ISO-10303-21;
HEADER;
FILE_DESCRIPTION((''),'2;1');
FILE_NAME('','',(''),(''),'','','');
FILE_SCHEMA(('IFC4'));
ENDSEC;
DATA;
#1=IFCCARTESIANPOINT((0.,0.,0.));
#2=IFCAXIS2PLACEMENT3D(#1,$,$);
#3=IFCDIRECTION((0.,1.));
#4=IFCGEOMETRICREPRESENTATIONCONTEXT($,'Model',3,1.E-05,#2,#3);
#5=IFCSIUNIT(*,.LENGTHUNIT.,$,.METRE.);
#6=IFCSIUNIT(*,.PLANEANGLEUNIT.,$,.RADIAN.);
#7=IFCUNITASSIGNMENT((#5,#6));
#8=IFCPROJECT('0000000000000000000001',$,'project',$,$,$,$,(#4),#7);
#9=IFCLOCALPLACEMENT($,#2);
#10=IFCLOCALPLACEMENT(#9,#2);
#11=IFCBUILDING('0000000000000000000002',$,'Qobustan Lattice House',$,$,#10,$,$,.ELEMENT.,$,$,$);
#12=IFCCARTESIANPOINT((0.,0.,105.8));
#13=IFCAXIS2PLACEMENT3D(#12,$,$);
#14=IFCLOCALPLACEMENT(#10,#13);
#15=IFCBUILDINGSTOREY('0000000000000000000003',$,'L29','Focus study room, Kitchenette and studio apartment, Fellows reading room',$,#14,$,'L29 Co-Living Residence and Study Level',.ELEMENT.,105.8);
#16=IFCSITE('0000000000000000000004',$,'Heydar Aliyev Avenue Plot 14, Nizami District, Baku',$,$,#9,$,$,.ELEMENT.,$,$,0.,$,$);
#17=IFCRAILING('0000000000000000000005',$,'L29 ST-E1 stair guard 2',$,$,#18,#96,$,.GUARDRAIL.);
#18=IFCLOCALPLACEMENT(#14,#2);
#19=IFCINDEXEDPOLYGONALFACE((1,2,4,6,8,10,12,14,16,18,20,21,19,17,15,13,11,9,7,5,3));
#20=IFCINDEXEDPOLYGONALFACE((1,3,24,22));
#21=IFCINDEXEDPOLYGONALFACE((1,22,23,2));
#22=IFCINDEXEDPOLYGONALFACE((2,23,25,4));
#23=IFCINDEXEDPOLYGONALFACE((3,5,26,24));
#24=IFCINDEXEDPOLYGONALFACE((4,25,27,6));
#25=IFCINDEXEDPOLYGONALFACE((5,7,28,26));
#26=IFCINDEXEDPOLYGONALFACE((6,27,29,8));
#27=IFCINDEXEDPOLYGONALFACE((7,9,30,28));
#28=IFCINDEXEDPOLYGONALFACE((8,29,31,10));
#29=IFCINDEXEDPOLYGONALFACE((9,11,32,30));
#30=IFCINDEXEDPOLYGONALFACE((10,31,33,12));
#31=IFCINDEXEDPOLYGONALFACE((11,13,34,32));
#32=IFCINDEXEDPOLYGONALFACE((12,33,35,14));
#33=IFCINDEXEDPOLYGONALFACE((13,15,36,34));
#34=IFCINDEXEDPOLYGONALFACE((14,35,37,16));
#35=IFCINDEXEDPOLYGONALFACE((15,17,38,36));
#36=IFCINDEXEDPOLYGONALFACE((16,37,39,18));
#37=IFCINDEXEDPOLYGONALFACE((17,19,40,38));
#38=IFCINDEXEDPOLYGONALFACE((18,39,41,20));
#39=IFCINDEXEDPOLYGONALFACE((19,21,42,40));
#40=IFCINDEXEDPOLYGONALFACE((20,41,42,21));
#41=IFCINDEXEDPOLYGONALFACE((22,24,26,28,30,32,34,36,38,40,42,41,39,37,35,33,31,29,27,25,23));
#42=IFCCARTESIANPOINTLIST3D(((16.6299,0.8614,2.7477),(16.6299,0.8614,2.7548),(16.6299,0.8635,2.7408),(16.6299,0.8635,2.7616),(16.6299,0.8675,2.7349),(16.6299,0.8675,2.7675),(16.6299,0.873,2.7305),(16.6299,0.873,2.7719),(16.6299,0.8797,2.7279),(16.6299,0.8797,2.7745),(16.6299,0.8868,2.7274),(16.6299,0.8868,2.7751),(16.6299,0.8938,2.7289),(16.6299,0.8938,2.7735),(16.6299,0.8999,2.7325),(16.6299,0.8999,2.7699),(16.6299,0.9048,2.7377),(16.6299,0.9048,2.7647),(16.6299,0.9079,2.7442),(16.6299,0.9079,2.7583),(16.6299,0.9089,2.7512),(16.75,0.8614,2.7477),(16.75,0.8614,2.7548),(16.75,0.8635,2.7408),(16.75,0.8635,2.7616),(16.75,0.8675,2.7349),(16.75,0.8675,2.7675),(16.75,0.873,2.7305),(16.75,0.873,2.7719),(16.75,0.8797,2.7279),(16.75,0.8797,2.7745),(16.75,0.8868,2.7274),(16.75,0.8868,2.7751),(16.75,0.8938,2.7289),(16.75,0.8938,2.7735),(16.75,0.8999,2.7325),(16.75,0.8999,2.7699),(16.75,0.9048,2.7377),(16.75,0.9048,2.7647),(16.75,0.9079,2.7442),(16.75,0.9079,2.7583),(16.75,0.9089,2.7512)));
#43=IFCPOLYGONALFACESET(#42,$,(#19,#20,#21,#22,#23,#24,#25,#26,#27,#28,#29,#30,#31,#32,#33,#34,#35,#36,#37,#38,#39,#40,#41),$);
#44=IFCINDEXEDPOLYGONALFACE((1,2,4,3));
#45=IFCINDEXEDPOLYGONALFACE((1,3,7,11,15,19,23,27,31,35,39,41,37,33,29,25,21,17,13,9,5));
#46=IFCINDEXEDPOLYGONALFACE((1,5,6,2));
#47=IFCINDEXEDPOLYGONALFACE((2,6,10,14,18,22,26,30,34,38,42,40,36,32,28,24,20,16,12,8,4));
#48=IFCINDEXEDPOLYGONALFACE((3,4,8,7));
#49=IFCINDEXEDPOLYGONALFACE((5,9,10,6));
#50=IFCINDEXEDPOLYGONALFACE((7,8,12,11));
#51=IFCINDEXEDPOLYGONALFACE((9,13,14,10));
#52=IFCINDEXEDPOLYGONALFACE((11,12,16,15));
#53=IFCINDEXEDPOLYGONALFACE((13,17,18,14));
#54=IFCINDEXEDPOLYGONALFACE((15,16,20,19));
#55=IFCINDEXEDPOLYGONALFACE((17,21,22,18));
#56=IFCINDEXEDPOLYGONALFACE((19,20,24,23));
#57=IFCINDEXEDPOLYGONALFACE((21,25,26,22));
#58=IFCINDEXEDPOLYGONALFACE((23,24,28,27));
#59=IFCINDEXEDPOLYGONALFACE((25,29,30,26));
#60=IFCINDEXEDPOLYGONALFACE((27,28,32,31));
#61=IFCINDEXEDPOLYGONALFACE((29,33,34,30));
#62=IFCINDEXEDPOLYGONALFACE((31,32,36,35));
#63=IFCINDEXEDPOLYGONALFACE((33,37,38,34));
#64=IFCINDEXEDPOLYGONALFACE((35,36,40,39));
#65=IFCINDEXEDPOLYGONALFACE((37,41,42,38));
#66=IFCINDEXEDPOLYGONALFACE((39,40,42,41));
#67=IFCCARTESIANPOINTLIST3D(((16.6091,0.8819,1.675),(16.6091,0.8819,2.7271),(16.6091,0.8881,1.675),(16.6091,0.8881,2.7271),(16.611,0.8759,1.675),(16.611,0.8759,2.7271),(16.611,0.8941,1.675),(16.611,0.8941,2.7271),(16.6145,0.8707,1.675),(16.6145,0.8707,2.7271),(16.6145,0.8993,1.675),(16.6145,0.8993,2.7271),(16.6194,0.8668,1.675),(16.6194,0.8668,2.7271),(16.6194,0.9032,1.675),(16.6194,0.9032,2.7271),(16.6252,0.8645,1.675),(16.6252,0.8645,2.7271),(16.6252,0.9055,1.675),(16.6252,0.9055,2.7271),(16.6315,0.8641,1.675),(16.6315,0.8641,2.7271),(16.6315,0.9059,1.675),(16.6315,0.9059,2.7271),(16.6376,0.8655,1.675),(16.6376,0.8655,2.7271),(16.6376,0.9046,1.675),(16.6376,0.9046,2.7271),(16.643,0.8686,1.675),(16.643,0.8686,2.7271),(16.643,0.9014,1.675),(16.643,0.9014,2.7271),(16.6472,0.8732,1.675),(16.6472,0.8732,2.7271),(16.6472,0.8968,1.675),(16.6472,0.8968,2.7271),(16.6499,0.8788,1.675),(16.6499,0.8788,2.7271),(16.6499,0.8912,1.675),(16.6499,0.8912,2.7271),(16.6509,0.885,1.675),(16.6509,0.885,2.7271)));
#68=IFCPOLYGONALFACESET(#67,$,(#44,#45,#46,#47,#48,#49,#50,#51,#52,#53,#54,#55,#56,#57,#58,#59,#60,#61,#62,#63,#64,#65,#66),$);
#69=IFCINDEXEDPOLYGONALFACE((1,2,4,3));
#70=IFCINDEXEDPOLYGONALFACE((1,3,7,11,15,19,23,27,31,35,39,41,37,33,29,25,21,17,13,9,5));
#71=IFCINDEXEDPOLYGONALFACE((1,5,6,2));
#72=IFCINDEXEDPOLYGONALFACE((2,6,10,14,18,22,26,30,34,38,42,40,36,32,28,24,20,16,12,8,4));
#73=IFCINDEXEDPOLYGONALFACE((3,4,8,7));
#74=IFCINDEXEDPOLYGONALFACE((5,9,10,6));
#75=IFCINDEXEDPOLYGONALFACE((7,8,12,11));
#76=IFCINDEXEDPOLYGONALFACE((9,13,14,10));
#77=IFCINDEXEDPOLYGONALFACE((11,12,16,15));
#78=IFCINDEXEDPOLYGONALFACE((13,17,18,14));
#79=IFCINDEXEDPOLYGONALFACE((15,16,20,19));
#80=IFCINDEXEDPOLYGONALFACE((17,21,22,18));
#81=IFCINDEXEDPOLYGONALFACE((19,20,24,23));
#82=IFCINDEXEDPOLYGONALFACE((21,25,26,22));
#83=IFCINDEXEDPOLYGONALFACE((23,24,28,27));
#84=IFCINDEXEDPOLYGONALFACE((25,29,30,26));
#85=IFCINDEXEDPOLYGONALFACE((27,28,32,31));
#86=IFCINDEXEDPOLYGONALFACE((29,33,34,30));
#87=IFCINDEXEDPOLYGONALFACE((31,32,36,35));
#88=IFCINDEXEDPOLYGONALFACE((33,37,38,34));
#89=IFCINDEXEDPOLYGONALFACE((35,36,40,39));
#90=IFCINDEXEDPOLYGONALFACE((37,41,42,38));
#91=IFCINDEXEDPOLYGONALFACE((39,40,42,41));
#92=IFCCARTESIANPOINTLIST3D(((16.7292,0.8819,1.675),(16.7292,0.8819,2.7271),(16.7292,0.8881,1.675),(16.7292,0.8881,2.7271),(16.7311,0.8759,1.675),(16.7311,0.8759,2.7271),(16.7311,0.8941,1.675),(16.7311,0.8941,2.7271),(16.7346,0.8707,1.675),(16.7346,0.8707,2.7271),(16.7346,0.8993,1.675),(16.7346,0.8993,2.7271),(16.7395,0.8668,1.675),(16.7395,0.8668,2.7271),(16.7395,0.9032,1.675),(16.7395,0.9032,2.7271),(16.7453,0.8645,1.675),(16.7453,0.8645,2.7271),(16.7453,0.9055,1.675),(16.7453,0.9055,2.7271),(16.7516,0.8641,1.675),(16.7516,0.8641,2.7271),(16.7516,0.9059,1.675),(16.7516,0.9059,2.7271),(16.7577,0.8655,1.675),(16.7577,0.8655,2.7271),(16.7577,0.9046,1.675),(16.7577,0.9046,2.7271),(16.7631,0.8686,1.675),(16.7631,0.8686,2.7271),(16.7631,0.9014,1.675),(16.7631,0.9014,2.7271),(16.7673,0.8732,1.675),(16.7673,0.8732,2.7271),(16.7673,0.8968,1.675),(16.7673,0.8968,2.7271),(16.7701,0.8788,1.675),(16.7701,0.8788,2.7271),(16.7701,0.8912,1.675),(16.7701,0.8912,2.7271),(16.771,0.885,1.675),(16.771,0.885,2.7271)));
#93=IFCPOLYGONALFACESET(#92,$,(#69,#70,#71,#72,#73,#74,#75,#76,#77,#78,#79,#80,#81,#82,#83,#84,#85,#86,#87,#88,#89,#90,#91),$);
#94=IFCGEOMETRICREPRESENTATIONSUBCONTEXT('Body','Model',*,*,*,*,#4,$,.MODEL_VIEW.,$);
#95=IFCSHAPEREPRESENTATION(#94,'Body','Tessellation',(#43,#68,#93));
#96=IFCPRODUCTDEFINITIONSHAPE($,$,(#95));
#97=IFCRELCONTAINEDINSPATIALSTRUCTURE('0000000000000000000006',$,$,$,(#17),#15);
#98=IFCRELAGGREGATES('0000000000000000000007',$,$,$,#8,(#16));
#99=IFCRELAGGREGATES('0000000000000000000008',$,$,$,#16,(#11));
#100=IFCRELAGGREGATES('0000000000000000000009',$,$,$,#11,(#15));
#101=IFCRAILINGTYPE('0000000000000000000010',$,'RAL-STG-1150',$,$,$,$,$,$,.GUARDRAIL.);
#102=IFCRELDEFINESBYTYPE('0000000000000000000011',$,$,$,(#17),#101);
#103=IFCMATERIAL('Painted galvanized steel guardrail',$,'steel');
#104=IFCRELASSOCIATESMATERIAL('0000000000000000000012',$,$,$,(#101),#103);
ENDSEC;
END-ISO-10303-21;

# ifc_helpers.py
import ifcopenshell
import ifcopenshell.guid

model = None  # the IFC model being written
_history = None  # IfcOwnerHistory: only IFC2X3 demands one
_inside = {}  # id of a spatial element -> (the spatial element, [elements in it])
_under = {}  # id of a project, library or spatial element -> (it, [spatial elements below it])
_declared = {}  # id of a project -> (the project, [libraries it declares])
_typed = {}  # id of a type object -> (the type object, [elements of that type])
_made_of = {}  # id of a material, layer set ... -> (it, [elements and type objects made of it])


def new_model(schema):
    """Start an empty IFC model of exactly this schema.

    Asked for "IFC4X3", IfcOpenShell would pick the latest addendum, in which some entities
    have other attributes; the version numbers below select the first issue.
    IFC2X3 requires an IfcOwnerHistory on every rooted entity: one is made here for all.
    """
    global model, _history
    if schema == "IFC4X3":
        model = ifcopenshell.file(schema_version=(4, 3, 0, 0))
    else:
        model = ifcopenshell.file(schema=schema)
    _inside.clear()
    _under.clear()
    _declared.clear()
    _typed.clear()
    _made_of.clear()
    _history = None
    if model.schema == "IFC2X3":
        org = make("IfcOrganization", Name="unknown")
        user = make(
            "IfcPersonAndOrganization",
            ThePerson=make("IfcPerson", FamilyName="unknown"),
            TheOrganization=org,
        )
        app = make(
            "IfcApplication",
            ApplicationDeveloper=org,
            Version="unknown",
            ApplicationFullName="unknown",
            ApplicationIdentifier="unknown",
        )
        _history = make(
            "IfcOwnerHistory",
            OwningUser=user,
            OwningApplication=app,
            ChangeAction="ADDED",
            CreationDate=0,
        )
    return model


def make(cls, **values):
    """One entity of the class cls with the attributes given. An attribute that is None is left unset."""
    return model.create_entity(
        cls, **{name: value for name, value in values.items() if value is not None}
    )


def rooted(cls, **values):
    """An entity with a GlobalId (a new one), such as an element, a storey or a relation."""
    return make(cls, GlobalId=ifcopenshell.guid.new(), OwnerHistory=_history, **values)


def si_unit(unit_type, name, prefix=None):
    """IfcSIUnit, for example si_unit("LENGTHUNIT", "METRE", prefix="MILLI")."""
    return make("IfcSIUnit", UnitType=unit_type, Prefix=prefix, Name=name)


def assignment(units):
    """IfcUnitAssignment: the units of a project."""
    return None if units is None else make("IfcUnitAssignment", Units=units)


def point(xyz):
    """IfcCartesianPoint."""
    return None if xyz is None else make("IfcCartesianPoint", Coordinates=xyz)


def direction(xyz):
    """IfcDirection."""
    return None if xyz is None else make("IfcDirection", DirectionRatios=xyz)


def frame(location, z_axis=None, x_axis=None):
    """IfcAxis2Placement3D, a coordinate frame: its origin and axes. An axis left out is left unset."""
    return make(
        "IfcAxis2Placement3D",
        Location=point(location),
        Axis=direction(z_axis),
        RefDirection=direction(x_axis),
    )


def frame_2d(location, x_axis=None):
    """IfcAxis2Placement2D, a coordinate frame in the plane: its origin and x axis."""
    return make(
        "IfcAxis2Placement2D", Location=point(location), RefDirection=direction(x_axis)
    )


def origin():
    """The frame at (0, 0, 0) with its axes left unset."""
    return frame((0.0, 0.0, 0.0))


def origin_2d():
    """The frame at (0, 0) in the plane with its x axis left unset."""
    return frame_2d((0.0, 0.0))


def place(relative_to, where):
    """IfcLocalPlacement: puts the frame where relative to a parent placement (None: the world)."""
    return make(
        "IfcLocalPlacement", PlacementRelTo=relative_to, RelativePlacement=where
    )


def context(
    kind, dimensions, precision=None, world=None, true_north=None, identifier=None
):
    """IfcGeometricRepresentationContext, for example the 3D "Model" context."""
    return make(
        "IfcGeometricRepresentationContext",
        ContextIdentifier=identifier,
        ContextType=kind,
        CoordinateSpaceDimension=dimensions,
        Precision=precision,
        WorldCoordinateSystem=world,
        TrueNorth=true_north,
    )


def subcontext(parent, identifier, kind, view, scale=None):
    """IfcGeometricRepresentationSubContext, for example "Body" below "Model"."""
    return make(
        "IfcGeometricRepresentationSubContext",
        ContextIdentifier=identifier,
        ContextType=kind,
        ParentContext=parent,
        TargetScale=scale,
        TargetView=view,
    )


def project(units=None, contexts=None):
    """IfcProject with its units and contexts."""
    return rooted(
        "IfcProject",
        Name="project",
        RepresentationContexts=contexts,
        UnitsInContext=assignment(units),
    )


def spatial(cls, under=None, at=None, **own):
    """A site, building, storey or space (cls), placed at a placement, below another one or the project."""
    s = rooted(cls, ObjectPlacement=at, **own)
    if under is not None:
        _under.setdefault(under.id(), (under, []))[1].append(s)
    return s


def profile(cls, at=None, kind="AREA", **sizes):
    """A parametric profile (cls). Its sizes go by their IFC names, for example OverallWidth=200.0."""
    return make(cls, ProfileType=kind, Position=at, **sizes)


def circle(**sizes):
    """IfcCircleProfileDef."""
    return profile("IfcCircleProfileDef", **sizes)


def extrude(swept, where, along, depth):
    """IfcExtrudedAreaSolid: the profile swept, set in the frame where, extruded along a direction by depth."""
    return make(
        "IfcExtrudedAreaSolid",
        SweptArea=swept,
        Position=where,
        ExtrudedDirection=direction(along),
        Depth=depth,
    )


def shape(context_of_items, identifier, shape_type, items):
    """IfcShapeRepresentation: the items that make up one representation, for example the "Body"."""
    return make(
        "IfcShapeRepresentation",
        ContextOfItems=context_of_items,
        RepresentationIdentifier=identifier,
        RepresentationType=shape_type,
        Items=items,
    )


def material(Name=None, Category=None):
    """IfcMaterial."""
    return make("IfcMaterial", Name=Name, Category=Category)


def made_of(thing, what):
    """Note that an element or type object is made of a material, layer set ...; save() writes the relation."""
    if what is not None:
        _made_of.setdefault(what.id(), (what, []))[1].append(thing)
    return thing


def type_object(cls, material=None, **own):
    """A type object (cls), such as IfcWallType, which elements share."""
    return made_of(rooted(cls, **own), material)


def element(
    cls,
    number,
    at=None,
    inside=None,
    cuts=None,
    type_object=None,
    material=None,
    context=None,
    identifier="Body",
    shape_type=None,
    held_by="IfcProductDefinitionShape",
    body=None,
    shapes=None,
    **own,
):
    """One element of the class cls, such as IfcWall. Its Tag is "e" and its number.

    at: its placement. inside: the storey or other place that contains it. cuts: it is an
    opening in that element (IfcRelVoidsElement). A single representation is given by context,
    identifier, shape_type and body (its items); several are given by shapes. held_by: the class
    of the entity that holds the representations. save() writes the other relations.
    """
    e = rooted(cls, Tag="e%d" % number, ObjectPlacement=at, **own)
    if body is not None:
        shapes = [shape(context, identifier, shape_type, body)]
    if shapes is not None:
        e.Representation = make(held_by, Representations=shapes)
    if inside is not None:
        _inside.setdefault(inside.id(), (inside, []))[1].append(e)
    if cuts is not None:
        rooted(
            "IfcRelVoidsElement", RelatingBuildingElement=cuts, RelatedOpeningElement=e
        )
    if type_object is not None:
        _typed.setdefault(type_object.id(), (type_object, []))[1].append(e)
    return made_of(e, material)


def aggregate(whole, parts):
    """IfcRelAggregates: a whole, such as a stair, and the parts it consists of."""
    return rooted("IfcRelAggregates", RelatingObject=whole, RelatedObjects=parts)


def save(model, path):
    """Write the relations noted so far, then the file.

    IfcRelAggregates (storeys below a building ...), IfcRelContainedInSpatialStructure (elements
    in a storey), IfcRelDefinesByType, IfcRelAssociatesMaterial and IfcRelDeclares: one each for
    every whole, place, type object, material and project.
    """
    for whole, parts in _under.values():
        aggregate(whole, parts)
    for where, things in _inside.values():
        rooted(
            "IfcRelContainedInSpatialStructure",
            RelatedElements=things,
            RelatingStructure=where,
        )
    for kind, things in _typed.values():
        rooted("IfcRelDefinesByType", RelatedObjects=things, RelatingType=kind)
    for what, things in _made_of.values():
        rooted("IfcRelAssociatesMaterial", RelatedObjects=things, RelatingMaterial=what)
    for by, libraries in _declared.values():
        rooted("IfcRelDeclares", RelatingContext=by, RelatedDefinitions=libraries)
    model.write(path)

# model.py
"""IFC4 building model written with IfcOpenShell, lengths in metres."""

from ifc_helpers import new_model, si_unit, direction, frame, origin, origin_2d, place, context, subcontext, project, spatial, circle, extrude, material, type_object, element, save


model = new_model("IFC4")

# Units and contexts
model_context = context("Model", 3, precision=1e-05, world=origin(), true_north=direction((0.0, 1.0)))
body_context = subcontext(model_context, "Body", "Model", "MODEL_VIEW")
ifc_project = project(units=[si_unit("LENGTHUNIT", "METRE"), si_unit("PLANEANGLEUNIT", "RADIAN")], contexts=[model_context])

# Site, building, storey
site_placement = place(None, origin())
site = spatial("IfcSite", under=ifc_project, at=site_placement, Name="Heydar Aliyev Avenue Plot 14, Nizami District, Baku", CompositionType="ELEMENT", RefElevation=0.0)
building_placement = place(site_placement, origin())
building = spatial("IfcBuilding", under=site, at=building_placement, Name="Qobustan Lattice House", CompositionType="ELEMENT")
storey_placement = place(building_placement, frame((0.0, 0.0, 105.8)))
storey = spatial("IfcBuildingStorey", under=building, at=storey_placement, Name="L29", Description="Focus study room, Kitchenette and studio apartment, Fellows reading room", LongName="L29 Co-Living Residence and Study Level", CompositionType="ELEMENT", Elevation=105.8)

# Railing
ifc_material_1 = material(Name="Painted galvanized steel guardrail", Category="steel")
railing_type_1 = type_object("IfcRailingType", Name="RAL-STG-1150", PredefinedType="GUARDRAIL", material=ifc_material_1)
railing_1_placement = place(storey_placement, frame((16.6299, 0.885, 1.675)))
element("IfcRailing", 1, at=railing_1_placement, inside=storey, type_object=railing_type_1, Name="L29 ST-E1 stair guard 2", PredefinedType="GUARDRAIL", context=body_context, shape_type="SweptSolid", body=[
    extrude(circle(Radius=0.0239, at=origin_2d()), frame((0.0, 0.0, 1.0762), z_axis=(1.0, 0.0, 0.0), x_axis=(0.0, 1.0, 0.0)), (0.0, 0.0, 1.0), 0.1201),
    extrude(circle(Radius=0.021, at=origin_2d()), origin(), (0.0, 0.0, 1.0), 1.052),
    extrude(circle(Radius=0.021, at=origin_2d()), frame((0.1201, 0.0, 0.0)), (0.0, 0.0, 1.0), 1.052),
])

save(model, "model.ifc")
